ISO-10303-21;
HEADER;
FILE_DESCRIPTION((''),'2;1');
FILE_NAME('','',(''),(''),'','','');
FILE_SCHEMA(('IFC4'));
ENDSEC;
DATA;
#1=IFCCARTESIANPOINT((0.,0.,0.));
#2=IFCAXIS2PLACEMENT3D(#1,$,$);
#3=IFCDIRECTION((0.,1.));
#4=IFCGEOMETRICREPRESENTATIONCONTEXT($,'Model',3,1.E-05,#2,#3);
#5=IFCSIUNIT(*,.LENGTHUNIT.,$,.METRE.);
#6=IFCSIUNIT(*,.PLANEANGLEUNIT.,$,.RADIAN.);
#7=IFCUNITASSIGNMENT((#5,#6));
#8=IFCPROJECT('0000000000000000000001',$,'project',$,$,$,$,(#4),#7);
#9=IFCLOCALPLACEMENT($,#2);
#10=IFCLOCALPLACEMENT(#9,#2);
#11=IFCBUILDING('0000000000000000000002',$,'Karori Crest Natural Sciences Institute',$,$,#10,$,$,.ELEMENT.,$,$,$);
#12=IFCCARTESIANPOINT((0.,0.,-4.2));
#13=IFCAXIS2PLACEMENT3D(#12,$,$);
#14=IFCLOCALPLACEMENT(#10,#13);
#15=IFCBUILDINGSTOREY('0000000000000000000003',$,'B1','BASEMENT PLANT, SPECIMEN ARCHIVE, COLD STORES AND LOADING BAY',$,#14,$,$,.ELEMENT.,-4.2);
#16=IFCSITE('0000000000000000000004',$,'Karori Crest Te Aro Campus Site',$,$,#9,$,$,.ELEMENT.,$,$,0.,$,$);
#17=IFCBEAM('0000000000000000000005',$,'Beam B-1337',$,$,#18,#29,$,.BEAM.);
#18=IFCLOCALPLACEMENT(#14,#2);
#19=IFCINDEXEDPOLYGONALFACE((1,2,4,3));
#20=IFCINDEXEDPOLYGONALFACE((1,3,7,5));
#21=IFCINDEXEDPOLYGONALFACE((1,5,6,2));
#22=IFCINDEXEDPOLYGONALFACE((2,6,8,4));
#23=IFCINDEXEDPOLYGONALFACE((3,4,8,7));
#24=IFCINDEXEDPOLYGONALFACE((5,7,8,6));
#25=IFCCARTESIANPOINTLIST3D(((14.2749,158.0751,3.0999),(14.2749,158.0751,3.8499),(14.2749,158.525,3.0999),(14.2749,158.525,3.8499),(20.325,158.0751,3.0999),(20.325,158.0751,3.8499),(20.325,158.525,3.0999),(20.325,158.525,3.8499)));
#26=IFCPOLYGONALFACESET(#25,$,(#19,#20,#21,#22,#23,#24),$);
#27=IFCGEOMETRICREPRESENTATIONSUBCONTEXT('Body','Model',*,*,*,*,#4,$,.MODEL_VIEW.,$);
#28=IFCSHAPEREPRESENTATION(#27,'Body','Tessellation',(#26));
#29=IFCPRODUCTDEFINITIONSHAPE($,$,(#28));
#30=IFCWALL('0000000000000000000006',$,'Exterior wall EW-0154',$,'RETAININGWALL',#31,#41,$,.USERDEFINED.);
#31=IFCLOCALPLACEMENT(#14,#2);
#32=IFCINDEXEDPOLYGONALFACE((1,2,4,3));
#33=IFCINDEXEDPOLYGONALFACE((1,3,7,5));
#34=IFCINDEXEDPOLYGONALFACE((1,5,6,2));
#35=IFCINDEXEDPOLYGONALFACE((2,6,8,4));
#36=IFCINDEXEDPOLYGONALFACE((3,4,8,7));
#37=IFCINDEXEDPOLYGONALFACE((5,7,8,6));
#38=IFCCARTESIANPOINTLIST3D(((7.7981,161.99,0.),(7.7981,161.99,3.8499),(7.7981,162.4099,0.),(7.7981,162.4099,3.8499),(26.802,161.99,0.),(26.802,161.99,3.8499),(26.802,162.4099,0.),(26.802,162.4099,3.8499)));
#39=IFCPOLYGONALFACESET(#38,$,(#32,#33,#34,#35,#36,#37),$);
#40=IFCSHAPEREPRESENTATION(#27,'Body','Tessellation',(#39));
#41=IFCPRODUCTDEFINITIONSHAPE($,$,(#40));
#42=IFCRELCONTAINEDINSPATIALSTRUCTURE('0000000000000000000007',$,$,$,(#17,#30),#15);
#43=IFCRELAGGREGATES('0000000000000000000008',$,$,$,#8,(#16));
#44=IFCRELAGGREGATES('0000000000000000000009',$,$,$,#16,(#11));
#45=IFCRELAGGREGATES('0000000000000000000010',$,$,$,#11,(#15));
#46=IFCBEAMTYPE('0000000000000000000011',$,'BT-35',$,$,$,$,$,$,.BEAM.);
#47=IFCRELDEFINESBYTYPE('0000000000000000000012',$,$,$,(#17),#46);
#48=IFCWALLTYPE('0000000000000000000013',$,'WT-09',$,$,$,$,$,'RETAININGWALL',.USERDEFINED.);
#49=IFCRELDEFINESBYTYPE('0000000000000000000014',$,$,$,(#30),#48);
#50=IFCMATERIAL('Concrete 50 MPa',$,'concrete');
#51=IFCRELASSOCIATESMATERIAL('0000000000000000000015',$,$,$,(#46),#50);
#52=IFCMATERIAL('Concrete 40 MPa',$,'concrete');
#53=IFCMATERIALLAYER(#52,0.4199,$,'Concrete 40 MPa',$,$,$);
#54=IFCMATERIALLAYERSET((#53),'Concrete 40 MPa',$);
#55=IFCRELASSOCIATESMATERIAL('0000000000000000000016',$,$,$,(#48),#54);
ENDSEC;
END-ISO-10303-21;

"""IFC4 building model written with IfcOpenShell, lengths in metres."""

from ifc_helpers import new_model, si_unit, direction, frame, frame_2d, origin, origin_2d, place, context, subcontext, project, spatial, rectangle, extrude, material, layer, layer_set, material_profile, profile_set, type_object, element, save


model = new_model("IFC4")

# Units and contexts
model_context = context("Model", 3, precision=1e-05, world=origin(), true_north=direction((0.0, 1.0)))
body_context = subcontext(model_context, "Body", "Model", "MODEL_VIEW")
ifc_project = project(units=[si_unit("LENGTHUNIT", "METRE"), si_unit("PLANEANGLEUNIT", "RADIAN")], contexts=[model_context])

# Site, building, storey
site_placement = place(None, origin())
site = spatial("IfcSite", under=ifc_project, at=site_placement, Name="Karori Crest Te Aro Campus Site", CompositionType="ELEMENT", RefElevation=0.0)
building_placement = place(site_placement, origin())
building = spatial("IfcBuilding", under=site, at=building_placement, Name="Karori Crest Natural Sciences Institute", CompositionType="ELEMENT")
storey_placement = place(building_placement, frame((0.0, 0.0, -4.2)))
storey = spatial("IfcBuildingStorey", under=building, at=storey_placement, Name="B1", Description="BASEMENT PLANT, SPECIMEN ARCHIVE, COLD STORES AND LOADING BAY", CompositionType="ELEMENT", Elevation=-4.2)

# Shared definitions
ifc_material_1 = material(Name="Concrete 40 MPa", Category="concrete")

# Shared definitions
ifc_material_2 = material(Name="Concrete 50 MPa", Category="concrete")

# Beam
ifc_material_profile_1 = material_profile(ifc_material_2, rectangle(XDim=0.45, YDim=0.75, at=origin_2d()), Name="RCB450x750")
ifc_profile_set_1 = profile_set([ifc_material_profile_1], Name="Concrete 50 MPa")
beam_type_1 = type_object("IfcBeamType", Name="BT-35", PredefinedType="BEAM", material=ifc_profile_set_1)
beam_1_placement = place(storey_placement, frame((14.2749, 158.3, 3.4749), z_axis=(1.0, 0.0, 0.0), x_axis=(0.0, 1.0, 0.0)))
element("IfcBeam", 1, at=beam_1_placement, inside=storey, type_object=beam_type_1, Name="Beam B-1337", PredefinedType="BEAM", context=body_context, shape_type="SweptSolid", body=[
    extrude(rectangle(XDim=0.45, YDim=0.75, at=origin_2d()), origin(), (0.0, 0.0, 1.0), 6.05),
])

# Wall
ifc_layer = layer(ifc_material_1, 0.4199, Name="Concrete 40 MPa")
ifc_layer_set = layer_set([ifc_layer], Name="Concrete 40 MPa")
wall_type = type_object("IfcWallType", Name="WT-09", ElementType="RETAININGWALL", PredefinedType="USERDEFINED", material=ifc_layer_set)
wall_placement = place(storey_placement, frame((7.7981, 162.2, 0.0), z_axis=(0.0, 0.0, 1.0), x_axis=(1.0, 0.0, 0.0)))
element("IfcWall", 2, at=wall_placement, inside=storey, type_object=wall_type, Name="Exterior wall EW-0154", ObjectType="RETAININGWALL", PredefinedType="USERDEFINED", context=body_context, shape_type="SweptSolid", body=[
    extrude(rectangle(XDim=19.0039, YDim=0.4199, at=frame_2d((9.502, 0.0))), origin(), (0.0, 0.0, 1.0), 3.8499),
])

save(model, "model.ifc")
